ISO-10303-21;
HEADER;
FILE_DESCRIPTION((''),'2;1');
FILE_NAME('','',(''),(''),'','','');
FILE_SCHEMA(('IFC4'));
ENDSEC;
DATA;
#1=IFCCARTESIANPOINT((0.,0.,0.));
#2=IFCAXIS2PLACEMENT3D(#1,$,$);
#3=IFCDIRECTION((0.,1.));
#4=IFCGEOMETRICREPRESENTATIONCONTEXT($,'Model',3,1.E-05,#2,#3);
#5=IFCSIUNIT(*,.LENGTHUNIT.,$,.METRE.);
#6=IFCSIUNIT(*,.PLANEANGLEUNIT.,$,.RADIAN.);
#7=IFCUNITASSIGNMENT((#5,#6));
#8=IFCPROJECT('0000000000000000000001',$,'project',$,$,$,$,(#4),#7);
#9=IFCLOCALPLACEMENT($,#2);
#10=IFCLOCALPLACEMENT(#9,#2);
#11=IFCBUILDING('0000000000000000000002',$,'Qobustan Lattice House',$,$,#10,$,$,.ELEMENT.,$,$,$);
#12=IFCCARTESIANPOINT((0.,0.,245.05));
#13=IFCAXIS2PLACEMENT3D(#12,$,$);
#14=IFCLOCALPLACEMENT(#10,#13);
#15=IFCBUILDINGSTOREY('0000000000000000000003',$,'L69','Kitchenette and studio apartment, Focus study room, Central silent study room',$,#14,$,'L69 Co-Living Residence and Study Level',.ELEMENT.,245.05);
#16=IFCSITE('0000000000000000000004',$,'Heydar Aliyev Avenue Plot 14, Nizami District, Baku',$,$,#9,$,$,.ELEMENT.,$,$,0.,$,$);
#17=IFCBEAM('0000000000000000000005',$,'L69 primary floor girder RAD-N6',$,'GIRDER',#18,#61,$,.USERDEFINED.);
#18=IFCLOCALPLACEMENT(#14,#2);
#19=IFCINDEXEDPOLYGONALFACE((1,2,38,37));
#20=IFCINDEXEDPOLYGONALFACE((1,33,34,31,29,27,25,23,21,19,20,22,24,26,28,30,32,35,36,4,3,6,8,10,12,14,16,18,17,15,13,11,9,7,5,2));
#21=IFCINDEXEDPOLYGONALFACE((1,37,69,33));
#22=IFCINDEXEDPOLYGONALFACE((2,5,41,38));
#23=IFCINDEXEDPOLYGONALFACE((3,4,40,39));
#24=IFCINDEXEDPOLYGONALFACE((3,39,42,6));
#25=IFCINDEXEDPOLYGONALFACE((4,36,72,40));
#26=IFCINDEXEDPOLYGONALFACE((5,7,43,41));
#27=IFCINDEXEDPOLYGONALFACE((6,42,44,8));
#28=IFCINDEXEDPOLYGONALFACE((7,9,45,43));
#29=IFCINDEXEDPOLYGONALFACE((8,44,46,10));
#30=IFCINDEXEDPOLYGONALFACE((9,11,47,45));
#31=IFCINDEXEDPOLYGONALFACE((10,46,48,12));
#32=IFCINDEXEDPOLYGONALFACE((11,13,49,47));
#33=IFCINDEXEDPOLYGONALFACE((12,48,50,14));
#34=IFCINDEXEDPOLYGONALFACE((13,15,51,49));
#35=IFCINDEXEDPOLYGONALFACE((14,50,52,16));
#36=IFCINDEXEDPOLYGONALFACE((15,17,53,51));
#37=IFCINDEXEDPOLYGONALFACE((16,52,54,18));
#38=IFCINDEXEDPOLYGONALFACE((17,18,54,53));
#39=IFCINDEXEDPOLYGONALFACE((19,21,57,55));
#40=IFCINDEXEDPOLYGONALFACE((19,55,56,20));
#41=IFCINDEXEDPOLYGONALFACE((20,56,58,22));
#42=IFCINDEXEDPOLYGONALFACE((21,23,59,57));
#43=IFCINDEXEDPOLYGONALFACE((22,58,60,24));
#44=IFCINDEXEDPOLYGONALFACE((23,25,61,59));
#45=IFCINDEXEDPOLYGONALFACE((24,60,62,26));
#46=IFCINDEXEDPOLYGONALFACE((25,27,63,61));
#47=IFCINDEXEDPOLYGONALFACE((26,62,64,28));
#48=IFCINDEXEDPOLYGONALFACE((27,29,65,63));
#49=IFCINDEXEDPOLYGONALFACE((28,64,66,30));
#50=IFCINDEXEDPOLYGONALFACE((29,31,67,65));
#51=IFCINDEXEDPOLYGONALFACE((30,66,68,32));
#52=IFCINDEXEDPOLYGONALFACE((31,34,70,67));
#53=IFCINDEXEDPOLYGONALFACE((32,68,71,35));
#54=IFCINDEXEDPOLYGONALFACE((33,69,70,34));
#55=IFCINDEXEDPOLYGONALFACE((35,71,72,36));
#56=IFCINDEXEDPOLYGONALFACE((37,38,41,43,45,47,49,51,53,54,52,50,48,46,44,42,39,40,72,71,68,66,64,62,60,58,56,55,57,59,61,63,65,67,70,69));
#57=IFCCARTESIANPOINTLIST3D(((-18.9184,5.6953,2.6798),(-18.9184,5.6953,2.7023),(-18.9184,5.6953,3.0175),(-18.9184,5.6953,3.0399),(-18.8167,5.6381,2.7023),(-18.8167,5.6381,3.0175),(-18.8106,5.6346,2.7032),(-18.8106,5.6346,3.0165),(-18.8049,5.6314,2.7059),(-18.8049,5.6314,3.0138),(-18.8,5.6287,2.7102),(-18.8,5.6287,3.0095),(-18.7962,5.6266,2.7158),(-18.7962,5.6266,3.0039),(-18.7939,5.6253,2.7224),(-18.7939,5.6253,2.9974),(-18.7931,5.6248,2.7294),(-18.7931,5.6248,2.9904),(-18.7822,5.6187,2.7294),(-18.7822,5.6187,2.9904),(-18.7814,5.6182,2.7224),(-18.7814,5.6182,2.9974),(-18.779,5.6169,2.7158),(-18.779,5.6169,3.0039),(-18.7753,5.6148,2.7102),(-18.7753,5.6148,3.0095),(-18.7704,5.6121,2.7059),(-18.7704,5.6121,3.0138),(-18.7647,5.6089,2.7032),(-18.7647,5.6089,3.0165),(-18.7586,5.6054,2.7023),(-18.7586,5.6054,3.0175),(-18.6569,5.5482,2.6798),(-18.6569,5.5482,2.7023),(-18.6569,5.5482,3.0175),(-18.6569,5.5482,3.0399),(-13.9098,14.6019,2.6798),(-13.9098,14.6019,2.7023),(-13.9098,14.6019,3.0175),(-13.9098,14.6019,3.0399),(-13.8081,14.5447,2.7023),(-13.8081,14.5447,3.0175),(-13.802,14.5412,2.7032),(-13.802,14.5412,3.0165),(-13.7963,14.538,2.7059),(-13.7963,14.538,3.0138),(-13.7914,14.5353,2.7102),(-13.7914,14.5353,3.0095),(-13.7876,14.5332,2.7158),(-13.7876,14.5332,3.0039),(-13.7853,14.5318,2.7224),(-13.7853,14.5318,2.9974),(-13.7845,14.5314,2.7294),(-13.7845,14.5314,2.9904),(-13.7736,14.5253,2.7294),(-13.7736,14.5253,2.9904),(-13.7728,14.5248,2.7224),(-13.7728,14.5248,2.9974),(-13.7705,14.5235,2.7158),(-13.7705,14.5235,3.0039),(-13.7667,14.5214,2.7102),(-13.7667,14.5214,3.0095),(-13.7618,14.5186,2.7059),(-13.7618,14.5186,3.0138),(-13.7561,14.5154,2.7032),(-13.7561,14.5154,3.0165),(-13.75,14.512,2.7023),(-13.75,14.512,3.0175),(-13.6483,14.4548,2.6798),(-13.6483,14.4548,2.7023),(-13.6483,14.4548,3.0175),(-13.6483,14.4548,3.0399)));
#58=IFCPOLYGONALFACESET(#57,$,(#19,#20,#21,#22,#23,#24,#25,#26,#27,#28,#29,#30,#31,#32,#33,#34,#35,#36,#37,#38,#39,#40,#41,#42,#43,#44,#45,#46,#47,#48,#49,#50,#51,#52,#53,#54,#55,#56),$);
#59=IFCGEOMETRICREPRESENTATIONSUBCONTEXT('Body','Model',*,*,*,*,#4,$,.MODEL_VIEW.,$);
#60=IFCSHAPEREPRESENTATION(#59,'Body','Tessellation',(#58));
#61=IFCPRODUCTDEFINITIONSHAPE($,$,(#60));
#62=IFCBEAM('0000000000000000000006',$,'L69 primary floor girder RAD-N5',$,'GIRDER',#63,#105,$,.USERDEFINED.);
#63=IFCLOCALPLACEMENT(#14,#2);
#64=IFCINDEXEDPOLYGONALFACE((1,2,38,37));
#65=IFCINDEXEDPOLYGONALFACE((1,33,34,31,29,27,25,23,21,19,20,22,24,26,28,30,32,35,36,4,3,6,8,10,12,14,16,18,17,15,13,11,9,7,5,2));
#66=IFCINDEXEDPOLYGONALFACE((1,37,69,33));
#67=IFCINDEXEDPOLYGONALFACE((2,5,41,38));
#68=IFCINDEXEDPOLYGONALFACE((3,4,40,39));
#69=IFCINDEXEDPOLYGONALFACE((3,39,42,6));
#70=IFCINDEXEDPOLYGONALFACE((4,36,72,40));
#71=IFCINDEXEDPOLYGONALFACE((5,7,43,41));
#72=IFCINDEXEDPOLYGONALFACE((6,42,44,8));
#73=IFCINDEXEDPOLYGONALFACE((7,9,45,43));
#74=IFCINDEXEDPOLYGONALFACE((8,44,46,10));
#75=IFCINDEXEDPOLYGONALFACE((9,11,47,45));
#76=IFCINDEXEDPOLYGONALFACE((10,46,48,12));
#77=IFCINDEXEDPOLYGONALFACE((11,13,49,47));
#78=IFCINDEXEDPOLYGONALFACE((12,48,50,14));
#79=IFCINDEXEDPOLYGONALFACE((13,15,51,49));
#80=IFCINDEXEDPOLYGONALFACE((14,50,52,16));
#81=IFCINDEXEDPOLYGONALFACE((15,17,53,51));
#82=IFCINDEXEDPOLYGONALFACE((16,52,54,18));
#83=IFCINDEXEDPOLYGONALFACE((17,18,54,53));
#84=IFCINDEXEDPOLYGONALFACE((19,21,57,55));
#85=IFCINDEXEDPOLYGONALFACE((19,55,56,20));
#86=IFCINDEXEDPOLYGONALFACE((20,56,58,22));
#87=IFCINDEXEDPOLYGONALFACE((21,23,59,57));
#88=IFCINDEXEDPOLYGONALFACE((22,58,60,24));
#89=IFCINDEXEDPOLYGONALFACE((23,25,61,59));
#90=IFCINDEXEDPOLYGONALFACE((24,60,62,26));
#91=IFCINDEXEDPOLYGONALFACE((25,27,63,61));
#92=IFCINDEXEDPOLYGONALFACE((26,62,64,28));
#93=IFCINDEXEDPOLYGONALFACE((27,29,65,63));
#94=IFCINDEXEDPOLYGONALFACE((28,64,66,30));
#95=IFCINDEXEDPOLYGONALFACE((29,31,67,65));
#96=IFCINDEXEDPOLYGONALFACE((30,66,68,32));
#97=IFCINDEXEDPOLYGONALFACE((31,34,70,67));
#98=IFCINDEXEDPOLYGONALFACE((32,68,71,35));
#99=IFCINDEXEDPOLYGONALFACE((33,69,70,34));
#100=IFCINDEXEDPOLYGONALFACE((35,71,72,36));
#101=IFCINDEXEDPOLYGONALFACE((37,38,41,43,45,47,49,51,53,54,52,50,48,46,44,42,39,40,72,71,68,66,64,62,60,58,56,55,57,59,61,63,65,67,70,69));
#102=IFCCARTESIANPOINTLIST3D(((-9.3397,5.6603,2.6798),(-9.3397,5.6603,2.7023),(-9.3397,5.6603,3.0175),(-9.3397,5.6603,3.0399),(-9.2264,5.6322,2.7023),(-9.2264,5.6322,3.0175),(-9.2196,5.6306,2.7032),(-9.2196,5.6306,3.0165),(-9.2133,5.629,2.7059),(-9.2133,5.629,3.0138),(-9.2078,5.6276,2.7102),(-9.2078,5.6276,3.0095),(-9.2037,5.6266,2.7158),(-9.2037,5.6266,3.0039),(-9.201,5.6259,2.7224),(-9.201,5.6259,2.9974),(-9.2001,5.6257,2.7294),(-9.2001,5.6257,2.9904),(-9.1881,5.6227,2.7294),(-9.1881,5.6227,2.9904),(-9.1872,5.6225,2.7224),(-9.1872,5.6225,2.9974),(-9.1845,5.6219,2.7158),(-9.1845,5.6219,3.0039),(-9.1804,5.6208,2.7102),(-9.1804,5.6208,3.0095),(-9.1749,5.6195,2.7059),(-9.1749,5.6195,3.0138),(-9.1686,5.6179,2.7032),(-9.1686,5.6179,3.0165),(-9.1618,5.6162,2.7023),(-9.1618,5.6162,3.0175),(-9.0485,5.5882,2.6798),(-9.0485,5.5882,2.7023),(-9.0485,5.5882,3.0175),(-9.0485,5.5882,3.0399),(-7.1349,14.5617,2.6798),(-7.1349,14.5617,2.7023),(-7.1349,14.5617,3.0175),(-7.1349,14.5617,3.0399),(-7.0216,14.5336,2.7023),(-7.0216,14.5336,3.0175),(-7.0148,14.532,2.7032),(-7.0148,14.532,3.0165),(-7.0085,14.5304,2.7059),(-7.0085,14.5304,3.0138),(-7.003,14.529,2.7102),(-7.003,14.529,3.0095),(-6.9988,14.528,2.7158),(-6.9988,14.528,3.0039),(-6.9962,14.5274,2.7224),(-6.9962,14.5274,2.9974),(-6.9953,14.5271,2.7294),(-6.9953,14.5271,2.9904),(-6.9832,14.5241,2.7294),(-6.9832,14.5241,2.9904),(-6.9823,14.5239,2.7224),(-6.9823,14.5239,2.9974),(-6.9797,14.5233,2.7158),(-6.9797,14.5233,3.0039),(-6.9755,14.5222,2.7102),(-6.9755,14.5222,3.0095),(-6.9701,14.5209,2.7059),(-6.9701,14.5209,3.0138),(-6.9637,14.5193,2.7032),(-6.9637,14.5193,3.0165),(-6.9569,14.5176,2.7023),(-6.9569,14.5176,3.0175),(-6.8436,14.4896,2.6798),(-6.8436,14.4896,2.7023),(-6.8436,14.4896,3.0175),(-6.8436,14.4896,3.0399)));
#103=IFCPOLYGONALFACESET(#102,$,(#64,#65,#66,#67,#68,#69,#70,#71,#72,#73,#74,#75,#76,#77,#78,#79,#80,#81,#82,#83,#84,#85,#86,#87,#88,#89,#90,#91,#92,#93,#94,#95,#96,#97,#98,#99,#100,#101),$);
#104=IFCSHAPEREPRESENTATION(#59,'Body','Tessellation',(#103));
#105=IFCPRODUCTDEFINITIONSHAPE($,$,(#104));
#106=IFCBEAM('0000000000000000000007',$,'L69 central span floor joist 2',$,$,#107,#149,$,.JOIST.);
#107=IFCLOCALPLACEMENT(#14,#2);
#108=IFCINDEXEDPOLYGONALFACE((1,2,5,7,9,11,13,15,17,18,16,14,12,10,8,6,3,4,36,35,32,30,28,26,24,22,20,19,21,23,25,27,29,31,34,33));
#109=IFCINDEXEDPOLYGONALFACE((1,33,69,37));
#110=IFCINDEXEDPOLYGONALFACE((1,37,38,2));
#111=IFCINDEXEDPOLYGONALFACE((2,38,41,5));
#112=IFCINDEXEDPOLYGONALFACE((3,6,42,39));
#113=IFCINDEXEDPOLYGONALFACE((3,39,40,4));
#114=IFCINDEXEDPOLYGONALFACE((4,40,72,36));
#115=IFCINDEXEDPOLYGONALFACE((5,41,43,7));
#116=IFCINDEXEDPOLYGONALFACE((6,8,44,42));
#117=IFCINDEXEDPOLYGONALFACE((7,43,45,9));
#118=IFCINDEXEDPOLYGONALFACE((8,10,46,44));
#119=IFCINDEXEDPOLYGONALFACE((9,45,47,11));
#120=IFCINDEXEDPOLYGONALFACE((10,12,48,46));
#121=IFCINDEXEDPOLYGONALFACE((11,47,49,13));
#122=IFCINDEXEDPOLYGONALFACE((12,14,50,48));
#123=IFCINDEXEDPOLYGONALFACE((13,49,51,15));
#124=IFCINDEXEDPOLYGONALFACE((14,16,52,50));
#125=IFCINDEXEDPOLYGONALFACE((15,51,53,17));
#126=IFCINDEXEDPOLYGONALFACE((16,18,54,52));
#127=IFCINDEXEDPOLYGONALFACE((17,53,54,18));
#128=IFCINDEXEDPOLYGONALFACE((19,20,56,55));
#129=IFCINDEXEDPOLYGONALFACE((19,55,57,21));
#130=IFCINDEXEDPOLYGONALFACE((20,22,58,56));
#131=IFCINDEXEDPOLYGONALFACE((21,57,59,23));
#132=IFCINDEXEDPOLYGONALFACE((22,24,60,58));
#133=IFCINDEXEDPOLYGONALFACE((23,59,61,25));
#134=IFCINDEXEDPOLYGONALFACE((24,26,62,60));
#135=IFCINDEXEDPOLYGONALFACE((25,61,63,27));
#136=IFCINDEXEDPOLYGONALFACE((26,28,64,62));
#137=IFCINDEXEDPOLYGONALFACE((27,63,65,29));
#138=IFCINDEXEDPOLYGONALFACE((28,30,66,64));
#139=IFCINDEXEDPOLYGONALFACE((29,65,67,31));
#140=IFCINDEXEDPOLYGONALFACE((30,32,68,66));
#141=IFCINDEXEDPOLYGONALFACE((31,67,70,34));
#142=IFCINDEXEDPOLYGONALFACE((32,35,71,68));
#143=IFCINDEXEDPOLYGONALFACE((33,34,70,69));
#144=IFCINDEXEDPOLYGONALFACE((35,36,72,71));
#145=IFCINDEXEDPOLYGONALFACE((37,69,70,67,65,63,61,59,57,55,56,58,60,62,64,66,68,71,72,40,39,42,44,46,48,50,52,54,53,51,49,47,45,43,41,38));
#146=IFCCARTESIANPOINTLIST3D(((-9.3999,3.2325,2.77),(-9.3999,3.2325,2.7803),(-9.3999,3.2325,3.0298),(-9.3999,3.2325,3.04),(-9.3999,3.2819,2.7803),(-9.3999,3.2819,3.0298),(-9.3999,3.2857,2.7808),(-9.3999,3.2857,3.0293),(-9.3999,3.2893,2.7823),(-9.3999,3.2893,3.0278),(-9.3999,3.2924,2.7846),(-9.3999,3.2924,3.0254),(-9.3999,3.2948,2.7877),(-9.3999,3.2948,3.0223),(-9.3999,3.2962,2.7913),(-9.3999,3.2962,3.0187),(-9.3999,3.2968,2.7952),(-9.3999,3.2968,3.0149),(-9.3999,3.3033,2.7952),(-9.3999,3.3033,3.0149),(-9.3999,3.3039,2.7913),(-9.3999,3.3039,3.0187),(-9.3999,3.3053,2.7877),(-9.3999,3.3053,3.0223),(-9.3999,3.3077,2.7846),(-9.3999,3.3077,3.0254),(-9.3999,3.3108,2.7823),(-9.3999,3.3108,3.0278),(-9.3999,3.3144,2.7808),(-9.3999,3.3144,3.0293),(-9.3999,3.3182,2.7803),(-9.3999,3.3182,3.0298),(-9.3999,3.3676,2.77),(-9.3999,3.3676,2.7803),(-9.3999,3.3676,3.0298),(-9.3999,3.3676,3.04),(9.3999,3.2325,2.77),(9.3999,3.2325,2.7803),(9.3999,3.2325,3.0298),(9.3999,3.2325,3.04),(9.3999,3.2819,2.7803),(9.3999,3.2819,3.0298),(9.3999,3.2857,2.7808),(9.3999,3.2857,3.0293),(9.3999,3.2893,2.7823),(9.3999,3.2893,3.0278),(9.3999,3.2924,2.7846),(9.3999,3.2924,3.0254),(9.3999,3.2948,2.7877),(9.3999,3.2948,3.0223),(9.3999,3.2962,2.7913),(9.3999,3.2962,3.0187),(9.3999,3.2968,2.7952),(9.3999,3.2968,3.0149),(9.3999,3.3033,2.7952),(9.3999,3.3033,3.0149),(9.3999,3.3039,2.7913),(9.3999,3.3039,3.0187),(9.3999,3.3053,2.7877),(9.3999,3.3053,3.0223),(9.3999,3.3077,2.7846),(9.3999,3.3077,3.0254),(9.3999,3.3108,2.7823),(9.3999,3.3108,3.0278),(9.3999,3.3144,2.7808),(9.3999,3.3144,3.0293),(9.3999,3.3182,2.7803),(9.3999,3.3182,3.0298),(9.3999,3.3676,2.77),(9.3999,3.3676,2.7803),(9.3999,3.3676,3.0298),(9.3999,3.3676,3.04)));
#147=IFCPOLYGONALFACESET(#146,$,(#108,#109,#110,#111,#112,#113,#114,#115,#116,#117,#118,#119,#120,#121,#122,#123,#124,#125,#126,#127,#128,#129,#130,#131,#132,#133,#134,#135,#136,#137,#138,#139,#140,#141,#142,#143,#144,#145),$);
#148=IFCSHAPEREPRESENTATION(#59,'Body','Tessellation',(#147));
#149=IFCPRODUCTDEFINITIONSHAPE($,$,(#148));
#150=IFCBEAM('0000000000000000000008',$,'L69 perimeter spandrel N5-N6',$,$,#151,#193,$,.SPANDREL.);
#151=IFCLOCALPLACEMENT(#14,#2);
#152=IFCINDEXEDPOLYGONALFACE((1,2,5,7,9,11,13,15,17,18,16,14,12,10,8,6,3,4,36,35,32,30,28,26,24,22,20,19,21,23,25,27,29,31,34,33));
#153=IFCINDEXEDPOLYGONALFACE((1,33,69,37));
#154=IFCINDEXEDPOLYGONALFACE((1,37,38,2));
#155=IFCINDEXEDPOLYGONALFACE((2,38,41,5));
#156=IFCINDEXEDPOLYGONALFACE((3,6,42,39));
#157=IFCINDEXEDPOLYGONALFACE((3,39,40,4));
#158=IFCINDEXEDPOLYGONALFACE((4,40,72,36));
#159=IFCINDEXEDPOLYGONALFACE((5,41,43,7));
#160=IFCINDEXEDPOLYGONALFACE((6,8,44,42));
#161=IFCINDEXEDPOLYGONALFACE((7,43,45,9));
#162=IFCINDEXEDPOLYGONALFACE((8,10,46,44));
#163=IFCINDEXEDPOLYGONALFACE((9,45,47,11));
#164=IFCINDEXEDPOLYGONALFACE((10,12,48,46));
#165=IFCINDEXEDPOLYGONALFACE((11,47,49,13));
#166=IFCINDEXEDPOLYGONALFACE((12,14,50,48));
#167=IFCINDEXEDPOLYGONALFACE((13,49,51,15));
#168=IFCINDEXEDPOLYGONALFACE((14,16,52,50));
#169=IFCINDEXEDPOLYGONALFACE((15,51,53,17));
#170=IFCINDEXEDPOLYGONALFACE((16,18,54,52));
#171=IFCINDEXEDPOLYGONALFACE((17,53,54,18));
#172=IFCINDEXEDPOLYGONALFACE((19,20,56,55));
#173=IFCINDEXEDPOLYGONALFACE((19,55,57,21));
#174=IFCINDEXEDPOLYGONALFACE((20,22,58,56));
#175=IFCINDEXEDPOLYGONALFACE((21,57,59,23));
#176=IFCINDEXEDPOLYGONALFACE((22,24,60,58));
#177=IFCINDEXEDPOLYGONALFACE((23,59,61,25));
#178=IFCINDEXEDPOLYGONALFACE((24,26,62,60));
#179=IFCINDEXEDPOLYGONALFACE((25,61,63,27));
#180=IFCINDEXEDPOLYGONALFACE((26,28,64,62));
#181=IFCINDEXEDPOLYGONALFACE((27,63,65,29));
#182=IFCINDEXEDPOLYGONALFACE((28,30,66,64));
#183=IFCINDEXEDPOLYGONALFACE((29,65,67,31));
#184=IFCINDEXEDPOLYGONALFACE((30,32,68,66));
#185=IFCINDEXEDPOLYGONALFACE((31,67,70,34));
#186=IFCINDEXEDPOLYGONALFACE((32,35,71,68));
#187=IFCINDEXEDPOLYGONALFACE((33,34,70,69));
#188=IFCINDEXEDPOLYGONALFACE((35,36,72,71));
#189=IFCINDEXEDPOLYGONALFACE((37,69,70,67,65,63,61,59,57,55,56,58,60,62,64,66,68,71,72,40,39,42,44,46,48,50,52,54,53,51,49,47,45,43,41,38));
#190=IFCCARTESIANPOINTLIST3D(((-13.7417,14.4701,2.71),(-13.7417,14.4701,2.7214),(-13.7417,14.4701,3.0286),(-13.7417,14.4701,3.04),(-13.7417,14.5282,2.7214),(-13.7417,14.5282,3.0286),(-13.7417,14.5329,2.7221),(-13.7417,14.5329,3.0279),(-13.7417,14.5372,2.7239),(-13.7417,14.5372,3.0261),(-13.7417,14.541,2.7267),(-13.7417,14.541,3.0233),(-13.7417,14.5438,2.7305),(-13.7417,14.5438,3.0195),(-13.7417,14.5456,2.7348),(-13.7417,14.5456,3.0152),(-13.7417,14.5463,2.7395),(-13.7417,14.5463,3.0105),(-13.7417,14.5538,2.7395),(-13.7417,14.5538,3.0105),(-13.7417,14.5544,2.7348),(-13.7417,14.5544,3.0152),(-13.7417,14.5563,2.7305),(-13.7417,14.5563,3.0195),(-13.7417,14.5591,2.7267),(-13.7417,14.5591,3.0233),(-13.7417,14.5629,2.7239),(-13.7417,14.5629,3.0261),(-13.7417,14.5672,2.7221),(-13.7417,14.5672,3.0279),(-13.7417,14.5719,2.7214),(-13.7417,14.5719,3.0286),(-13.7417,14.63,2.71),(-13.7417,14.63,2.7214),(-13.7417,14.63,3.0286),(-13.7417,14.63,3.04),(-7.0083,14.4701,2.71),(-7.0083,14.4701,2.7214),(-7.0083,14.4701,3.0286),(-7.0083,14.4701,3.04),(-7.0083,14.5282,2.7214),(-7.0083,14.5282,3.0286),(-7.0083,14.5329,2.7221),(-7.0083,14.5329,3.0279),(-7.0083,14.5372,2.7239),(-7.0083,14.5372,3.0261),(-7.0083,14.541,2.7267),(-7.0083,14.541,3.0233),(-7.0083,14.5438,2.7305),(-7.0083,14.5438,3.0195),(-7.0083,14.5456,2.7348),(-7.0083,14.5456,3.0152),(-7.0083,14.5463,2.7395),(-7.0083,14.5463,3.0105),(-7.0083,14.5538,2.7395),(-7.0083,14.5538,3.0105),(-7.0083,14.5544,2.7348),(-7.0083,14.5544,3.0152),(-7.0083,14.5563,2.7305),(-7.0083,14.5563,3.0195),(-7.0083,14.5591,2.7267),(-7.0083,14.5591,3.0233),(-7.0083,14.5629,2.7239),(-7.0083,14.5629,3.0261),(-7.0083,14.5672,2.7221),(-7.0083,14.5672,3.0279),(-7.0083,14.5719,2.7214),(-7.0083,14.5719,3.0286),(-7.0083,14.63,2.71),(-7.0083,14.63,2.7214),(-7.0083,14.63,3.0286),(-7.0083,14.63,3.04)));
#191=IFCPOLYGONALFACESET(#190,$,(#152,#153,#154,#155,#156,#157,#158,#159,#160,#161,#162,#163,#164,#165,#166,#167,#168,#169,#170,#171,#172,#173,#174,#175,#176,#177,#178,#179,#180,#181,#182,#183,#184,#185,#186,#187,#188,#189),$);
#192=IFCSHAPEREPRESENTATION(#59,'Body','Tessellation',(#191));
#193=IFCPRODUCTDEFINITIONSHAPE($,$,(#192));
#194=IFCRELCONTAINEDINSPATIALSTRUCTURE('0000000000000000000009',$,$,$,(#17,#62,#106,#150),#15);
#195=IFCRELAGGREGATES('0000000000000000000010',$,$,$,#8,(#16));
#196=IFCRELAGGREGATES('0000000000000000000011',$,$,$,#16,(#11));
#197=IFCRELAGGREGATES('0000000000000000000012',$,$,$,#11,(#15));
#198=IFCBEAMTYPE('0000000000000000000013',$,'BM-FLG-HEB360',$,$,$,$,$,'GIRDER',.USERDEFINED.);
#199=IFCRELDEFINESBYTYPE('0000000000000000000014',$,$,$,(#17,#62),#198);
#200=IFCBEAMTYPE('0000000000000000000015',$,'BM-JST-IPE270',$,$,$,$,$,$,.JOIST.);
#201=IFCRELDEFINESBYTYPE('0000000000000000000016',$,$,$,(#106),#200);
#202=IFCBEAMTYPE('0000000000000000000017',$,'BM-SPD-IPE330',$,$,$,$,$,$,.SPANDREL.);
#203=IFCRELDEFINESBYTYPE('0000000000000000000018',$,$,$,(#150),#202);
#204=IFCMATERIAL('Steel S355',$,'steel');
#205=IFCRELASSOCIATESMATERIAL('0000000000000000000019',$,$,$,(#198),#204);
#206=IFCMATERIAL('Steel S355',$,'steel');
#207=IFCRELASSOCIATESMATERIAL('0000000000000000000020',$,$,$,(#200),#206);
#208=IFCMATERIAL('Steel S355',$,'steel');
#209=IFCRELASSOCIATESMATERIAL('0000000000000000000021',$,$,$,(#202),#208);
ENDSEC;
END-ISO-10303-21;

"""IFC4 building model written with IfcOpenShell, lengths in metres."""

from ifc_helpers import new_model, si_unit, direction, frame, origin, origin_2d, place, context, subcontext, project, spatial, i_section, extrude, material, material_profile, profile_set, type_object, element, save


model = new_model("IFC4")

# Units and contexts
model_context = context("Model", 3, precision=1e-05, world=origin(), true_north=direction((0.0, 1.0)))
body_context = subcontext(model_context, "Body", "Model", "MODEL_VIEW")
ifc_project = project(units=[si_unit("LENGTHUNIT", "METRE"), si_unit("PLANEANGLEUNIT", "RADIAN")], contexts=[model_context])

# Site, building, storey
site_placement = place(None, origin())
site = spatial("IfcSite", under=ifc_project, at=site_placement, Name="Heydar Aliyev Avenue Plot 14, Nizami District, Baku", CompositionType="ELEMENT", RefElevation=0.0)
building_placement = place(site_placement, origin())
building = spatial("IfcBuilding", under=site, at=building_placement, Name="Qobustan Lattice House", CompositionType="ELEMENT")
storey_placement = place(building_placement, frame((0.0, 0.0, 245.05)))
storey = spatial("IfcBuildingStorey", under=building, at=storey_placement, Name="L69", Description="Kitchenette and studio apartment, Focus study room, Central silent study room", LongName="L69 Co-Living Residence and Study Level", CompositionType="ELEMENT", Elevation=245.05)

# Beams
ifc_material_1 = material(Name="Steel S355", Category="steel")
ifc_material_profile_1 = material_profile(ifc_material_1, i_section(OverallWidth=0.3, OverallDepth=0.3601, WebThickness=0.0125, FlangeThickness=0.0225, FilletRadius=0.0271, at=origin_2d()), Name="HEB360")
ifc_profile_set_1 = profile_set([ifc_material_profile_1], Name="Steel S355")
beam_type_1 = type_object("IfcBeamType", Name="BM-FLG-HEB360", ElementType="GIRDER", PredefinedType="USERDEFINED", material=ifc_profile_set_1)
beam_1_placement = place(storey_placement, frame((-13.7791, 14.5283, 2.8599), z_axis=(-0.49016, -0.871632, 0.0), x_axis=(0.871632, -0.49016, 0.0)))
element("IfcBeam", 1, at=beam_1_placement, inside=storey, type_object=beam_type_1, Name="L69 primary floor girder RAD-N6", ObjectType="GIRDER", PredefinedType="USERDEFINED", context=body_context, shape_type="SweptSolid", body=[
    extrude(i_section(OverallWidth=0.3, OverallDepth=0.3601, WebThickness=0.0125, FlangeThickness=0.0225, FilletRadius=0.0271, at=origin_2d()), origin(), (0.0, 0.0, 1.0), 10.2183),
])
beam_2_placement = place(storey_placement, frame((-6.9893, 14.5256, 2.8599), z_axis=(-0.24043, -0.970666, 0.0), x_axis=(0.970666, -0.24043, 0.0)))
element("IfcBeam", 2, at=beam_2_placement, inside=storey, type_object=beam_type_1, Name="L69 primary floor girder RAD-N5", ObjectType="GIRDER", PredefinedType="USERDEFINED", context=body_context, shape_type="SweptSolid", body=[
    extrude(i_section(OverallWidth=0.3, OverallDepth=0.3601, WebThickness=0.0125, FlangeThickness=0.0225, FilletRadius=0.0271, at=origin_2d()), origin(), (0.0, 0.0, 1.0), 9.1704),
])
ifc_material_2 = material(Name="Steel S355", Category="steel")
ifc_material_profile_2 = material_profile(ifc_material_2, i_section(OverallWidth=0.135, OverallDepth=0.27, WebThickness=0.0066, FlangeThickness=0.0103, FilletRadius=0.0149, at=origin_2d()), Name="IPE270")
ifc_profile_set_2 = profile_set([ifc_material_profile_2], Name="Steel S355")
beam_type_2 = type_object("IfcBeamType", Name="BM-JST-IPE270", PredefinedType="JOIST", material=ifc_profile_set_2)
beam_3_placement = place(storey_placement, frame((-9.3999, 3.3, 2.905), z_axis=(1.0, 0.0, 0.0), x_axis=(0.0, 1.0, 0.0)))
element("IfcBeam", 3, at=beam_3_placement, inside=storey, type_object=beam_type_2, Name="L69 central span floor joist 2", PredefinedType="JOIST", context=body_context, shape_type="SweptSolid", body=[
    extrude(i_section(OverallWidth=0.135, OverallDepth=0.27, WebThickness=0.0066, FlangeThickness=0.0103, FilletRadius=0.0149, at=origin_2d()), origin(), (0.0, 0.0, 1.0), 18.7998),
])
ifc_material_3 = material(Name="Steel S355", Category="steel")
ifc_material_profile_3 = material_profile(ifc_material_3, i_section(OverallWidth=0.1599, OverallDepth=0.3301, WebThickness=0.0076, FlangeThickness=0.0115, FilletRadius=0.0181, at=origin_2d()), Name="IPE330")
ifc_profile_set_3 = profile_set([ifc_material_profile_3], Name="Steel S355")
beam_type_3 = type_object("IfcBeamType", Name="BM-SPD-IPE330", PredefinedType="SPANDREL", material=ifc_profile_set_3)
beam_4_placement = place(storey_placement, frame((-7.0083, 14.55, 2.875), z_axis=(-1.0, 0.0, 0.0), x_axis=(0.0, -1.0, 0.0)))
element("IfcBeam", 4, at=beam_4_placement, inside=storey, type_object=beam_type_3, Name="L69 perimeter spandrel N5-N6", PredefinedType="SPANDREL", context=body_context, shape_type="SweptSolid", body=[
    extrude(i_section(OverallWidth=0.1599, OverallDepth=0.3301, WebThickness=0.0076, FlangeThickness=0.0115, FilletRadius=0.0181, at=origin_2d()), origin(), (0.0, 0.0, 1.0), 6.7334),
])

save(model, "model.ifc")
